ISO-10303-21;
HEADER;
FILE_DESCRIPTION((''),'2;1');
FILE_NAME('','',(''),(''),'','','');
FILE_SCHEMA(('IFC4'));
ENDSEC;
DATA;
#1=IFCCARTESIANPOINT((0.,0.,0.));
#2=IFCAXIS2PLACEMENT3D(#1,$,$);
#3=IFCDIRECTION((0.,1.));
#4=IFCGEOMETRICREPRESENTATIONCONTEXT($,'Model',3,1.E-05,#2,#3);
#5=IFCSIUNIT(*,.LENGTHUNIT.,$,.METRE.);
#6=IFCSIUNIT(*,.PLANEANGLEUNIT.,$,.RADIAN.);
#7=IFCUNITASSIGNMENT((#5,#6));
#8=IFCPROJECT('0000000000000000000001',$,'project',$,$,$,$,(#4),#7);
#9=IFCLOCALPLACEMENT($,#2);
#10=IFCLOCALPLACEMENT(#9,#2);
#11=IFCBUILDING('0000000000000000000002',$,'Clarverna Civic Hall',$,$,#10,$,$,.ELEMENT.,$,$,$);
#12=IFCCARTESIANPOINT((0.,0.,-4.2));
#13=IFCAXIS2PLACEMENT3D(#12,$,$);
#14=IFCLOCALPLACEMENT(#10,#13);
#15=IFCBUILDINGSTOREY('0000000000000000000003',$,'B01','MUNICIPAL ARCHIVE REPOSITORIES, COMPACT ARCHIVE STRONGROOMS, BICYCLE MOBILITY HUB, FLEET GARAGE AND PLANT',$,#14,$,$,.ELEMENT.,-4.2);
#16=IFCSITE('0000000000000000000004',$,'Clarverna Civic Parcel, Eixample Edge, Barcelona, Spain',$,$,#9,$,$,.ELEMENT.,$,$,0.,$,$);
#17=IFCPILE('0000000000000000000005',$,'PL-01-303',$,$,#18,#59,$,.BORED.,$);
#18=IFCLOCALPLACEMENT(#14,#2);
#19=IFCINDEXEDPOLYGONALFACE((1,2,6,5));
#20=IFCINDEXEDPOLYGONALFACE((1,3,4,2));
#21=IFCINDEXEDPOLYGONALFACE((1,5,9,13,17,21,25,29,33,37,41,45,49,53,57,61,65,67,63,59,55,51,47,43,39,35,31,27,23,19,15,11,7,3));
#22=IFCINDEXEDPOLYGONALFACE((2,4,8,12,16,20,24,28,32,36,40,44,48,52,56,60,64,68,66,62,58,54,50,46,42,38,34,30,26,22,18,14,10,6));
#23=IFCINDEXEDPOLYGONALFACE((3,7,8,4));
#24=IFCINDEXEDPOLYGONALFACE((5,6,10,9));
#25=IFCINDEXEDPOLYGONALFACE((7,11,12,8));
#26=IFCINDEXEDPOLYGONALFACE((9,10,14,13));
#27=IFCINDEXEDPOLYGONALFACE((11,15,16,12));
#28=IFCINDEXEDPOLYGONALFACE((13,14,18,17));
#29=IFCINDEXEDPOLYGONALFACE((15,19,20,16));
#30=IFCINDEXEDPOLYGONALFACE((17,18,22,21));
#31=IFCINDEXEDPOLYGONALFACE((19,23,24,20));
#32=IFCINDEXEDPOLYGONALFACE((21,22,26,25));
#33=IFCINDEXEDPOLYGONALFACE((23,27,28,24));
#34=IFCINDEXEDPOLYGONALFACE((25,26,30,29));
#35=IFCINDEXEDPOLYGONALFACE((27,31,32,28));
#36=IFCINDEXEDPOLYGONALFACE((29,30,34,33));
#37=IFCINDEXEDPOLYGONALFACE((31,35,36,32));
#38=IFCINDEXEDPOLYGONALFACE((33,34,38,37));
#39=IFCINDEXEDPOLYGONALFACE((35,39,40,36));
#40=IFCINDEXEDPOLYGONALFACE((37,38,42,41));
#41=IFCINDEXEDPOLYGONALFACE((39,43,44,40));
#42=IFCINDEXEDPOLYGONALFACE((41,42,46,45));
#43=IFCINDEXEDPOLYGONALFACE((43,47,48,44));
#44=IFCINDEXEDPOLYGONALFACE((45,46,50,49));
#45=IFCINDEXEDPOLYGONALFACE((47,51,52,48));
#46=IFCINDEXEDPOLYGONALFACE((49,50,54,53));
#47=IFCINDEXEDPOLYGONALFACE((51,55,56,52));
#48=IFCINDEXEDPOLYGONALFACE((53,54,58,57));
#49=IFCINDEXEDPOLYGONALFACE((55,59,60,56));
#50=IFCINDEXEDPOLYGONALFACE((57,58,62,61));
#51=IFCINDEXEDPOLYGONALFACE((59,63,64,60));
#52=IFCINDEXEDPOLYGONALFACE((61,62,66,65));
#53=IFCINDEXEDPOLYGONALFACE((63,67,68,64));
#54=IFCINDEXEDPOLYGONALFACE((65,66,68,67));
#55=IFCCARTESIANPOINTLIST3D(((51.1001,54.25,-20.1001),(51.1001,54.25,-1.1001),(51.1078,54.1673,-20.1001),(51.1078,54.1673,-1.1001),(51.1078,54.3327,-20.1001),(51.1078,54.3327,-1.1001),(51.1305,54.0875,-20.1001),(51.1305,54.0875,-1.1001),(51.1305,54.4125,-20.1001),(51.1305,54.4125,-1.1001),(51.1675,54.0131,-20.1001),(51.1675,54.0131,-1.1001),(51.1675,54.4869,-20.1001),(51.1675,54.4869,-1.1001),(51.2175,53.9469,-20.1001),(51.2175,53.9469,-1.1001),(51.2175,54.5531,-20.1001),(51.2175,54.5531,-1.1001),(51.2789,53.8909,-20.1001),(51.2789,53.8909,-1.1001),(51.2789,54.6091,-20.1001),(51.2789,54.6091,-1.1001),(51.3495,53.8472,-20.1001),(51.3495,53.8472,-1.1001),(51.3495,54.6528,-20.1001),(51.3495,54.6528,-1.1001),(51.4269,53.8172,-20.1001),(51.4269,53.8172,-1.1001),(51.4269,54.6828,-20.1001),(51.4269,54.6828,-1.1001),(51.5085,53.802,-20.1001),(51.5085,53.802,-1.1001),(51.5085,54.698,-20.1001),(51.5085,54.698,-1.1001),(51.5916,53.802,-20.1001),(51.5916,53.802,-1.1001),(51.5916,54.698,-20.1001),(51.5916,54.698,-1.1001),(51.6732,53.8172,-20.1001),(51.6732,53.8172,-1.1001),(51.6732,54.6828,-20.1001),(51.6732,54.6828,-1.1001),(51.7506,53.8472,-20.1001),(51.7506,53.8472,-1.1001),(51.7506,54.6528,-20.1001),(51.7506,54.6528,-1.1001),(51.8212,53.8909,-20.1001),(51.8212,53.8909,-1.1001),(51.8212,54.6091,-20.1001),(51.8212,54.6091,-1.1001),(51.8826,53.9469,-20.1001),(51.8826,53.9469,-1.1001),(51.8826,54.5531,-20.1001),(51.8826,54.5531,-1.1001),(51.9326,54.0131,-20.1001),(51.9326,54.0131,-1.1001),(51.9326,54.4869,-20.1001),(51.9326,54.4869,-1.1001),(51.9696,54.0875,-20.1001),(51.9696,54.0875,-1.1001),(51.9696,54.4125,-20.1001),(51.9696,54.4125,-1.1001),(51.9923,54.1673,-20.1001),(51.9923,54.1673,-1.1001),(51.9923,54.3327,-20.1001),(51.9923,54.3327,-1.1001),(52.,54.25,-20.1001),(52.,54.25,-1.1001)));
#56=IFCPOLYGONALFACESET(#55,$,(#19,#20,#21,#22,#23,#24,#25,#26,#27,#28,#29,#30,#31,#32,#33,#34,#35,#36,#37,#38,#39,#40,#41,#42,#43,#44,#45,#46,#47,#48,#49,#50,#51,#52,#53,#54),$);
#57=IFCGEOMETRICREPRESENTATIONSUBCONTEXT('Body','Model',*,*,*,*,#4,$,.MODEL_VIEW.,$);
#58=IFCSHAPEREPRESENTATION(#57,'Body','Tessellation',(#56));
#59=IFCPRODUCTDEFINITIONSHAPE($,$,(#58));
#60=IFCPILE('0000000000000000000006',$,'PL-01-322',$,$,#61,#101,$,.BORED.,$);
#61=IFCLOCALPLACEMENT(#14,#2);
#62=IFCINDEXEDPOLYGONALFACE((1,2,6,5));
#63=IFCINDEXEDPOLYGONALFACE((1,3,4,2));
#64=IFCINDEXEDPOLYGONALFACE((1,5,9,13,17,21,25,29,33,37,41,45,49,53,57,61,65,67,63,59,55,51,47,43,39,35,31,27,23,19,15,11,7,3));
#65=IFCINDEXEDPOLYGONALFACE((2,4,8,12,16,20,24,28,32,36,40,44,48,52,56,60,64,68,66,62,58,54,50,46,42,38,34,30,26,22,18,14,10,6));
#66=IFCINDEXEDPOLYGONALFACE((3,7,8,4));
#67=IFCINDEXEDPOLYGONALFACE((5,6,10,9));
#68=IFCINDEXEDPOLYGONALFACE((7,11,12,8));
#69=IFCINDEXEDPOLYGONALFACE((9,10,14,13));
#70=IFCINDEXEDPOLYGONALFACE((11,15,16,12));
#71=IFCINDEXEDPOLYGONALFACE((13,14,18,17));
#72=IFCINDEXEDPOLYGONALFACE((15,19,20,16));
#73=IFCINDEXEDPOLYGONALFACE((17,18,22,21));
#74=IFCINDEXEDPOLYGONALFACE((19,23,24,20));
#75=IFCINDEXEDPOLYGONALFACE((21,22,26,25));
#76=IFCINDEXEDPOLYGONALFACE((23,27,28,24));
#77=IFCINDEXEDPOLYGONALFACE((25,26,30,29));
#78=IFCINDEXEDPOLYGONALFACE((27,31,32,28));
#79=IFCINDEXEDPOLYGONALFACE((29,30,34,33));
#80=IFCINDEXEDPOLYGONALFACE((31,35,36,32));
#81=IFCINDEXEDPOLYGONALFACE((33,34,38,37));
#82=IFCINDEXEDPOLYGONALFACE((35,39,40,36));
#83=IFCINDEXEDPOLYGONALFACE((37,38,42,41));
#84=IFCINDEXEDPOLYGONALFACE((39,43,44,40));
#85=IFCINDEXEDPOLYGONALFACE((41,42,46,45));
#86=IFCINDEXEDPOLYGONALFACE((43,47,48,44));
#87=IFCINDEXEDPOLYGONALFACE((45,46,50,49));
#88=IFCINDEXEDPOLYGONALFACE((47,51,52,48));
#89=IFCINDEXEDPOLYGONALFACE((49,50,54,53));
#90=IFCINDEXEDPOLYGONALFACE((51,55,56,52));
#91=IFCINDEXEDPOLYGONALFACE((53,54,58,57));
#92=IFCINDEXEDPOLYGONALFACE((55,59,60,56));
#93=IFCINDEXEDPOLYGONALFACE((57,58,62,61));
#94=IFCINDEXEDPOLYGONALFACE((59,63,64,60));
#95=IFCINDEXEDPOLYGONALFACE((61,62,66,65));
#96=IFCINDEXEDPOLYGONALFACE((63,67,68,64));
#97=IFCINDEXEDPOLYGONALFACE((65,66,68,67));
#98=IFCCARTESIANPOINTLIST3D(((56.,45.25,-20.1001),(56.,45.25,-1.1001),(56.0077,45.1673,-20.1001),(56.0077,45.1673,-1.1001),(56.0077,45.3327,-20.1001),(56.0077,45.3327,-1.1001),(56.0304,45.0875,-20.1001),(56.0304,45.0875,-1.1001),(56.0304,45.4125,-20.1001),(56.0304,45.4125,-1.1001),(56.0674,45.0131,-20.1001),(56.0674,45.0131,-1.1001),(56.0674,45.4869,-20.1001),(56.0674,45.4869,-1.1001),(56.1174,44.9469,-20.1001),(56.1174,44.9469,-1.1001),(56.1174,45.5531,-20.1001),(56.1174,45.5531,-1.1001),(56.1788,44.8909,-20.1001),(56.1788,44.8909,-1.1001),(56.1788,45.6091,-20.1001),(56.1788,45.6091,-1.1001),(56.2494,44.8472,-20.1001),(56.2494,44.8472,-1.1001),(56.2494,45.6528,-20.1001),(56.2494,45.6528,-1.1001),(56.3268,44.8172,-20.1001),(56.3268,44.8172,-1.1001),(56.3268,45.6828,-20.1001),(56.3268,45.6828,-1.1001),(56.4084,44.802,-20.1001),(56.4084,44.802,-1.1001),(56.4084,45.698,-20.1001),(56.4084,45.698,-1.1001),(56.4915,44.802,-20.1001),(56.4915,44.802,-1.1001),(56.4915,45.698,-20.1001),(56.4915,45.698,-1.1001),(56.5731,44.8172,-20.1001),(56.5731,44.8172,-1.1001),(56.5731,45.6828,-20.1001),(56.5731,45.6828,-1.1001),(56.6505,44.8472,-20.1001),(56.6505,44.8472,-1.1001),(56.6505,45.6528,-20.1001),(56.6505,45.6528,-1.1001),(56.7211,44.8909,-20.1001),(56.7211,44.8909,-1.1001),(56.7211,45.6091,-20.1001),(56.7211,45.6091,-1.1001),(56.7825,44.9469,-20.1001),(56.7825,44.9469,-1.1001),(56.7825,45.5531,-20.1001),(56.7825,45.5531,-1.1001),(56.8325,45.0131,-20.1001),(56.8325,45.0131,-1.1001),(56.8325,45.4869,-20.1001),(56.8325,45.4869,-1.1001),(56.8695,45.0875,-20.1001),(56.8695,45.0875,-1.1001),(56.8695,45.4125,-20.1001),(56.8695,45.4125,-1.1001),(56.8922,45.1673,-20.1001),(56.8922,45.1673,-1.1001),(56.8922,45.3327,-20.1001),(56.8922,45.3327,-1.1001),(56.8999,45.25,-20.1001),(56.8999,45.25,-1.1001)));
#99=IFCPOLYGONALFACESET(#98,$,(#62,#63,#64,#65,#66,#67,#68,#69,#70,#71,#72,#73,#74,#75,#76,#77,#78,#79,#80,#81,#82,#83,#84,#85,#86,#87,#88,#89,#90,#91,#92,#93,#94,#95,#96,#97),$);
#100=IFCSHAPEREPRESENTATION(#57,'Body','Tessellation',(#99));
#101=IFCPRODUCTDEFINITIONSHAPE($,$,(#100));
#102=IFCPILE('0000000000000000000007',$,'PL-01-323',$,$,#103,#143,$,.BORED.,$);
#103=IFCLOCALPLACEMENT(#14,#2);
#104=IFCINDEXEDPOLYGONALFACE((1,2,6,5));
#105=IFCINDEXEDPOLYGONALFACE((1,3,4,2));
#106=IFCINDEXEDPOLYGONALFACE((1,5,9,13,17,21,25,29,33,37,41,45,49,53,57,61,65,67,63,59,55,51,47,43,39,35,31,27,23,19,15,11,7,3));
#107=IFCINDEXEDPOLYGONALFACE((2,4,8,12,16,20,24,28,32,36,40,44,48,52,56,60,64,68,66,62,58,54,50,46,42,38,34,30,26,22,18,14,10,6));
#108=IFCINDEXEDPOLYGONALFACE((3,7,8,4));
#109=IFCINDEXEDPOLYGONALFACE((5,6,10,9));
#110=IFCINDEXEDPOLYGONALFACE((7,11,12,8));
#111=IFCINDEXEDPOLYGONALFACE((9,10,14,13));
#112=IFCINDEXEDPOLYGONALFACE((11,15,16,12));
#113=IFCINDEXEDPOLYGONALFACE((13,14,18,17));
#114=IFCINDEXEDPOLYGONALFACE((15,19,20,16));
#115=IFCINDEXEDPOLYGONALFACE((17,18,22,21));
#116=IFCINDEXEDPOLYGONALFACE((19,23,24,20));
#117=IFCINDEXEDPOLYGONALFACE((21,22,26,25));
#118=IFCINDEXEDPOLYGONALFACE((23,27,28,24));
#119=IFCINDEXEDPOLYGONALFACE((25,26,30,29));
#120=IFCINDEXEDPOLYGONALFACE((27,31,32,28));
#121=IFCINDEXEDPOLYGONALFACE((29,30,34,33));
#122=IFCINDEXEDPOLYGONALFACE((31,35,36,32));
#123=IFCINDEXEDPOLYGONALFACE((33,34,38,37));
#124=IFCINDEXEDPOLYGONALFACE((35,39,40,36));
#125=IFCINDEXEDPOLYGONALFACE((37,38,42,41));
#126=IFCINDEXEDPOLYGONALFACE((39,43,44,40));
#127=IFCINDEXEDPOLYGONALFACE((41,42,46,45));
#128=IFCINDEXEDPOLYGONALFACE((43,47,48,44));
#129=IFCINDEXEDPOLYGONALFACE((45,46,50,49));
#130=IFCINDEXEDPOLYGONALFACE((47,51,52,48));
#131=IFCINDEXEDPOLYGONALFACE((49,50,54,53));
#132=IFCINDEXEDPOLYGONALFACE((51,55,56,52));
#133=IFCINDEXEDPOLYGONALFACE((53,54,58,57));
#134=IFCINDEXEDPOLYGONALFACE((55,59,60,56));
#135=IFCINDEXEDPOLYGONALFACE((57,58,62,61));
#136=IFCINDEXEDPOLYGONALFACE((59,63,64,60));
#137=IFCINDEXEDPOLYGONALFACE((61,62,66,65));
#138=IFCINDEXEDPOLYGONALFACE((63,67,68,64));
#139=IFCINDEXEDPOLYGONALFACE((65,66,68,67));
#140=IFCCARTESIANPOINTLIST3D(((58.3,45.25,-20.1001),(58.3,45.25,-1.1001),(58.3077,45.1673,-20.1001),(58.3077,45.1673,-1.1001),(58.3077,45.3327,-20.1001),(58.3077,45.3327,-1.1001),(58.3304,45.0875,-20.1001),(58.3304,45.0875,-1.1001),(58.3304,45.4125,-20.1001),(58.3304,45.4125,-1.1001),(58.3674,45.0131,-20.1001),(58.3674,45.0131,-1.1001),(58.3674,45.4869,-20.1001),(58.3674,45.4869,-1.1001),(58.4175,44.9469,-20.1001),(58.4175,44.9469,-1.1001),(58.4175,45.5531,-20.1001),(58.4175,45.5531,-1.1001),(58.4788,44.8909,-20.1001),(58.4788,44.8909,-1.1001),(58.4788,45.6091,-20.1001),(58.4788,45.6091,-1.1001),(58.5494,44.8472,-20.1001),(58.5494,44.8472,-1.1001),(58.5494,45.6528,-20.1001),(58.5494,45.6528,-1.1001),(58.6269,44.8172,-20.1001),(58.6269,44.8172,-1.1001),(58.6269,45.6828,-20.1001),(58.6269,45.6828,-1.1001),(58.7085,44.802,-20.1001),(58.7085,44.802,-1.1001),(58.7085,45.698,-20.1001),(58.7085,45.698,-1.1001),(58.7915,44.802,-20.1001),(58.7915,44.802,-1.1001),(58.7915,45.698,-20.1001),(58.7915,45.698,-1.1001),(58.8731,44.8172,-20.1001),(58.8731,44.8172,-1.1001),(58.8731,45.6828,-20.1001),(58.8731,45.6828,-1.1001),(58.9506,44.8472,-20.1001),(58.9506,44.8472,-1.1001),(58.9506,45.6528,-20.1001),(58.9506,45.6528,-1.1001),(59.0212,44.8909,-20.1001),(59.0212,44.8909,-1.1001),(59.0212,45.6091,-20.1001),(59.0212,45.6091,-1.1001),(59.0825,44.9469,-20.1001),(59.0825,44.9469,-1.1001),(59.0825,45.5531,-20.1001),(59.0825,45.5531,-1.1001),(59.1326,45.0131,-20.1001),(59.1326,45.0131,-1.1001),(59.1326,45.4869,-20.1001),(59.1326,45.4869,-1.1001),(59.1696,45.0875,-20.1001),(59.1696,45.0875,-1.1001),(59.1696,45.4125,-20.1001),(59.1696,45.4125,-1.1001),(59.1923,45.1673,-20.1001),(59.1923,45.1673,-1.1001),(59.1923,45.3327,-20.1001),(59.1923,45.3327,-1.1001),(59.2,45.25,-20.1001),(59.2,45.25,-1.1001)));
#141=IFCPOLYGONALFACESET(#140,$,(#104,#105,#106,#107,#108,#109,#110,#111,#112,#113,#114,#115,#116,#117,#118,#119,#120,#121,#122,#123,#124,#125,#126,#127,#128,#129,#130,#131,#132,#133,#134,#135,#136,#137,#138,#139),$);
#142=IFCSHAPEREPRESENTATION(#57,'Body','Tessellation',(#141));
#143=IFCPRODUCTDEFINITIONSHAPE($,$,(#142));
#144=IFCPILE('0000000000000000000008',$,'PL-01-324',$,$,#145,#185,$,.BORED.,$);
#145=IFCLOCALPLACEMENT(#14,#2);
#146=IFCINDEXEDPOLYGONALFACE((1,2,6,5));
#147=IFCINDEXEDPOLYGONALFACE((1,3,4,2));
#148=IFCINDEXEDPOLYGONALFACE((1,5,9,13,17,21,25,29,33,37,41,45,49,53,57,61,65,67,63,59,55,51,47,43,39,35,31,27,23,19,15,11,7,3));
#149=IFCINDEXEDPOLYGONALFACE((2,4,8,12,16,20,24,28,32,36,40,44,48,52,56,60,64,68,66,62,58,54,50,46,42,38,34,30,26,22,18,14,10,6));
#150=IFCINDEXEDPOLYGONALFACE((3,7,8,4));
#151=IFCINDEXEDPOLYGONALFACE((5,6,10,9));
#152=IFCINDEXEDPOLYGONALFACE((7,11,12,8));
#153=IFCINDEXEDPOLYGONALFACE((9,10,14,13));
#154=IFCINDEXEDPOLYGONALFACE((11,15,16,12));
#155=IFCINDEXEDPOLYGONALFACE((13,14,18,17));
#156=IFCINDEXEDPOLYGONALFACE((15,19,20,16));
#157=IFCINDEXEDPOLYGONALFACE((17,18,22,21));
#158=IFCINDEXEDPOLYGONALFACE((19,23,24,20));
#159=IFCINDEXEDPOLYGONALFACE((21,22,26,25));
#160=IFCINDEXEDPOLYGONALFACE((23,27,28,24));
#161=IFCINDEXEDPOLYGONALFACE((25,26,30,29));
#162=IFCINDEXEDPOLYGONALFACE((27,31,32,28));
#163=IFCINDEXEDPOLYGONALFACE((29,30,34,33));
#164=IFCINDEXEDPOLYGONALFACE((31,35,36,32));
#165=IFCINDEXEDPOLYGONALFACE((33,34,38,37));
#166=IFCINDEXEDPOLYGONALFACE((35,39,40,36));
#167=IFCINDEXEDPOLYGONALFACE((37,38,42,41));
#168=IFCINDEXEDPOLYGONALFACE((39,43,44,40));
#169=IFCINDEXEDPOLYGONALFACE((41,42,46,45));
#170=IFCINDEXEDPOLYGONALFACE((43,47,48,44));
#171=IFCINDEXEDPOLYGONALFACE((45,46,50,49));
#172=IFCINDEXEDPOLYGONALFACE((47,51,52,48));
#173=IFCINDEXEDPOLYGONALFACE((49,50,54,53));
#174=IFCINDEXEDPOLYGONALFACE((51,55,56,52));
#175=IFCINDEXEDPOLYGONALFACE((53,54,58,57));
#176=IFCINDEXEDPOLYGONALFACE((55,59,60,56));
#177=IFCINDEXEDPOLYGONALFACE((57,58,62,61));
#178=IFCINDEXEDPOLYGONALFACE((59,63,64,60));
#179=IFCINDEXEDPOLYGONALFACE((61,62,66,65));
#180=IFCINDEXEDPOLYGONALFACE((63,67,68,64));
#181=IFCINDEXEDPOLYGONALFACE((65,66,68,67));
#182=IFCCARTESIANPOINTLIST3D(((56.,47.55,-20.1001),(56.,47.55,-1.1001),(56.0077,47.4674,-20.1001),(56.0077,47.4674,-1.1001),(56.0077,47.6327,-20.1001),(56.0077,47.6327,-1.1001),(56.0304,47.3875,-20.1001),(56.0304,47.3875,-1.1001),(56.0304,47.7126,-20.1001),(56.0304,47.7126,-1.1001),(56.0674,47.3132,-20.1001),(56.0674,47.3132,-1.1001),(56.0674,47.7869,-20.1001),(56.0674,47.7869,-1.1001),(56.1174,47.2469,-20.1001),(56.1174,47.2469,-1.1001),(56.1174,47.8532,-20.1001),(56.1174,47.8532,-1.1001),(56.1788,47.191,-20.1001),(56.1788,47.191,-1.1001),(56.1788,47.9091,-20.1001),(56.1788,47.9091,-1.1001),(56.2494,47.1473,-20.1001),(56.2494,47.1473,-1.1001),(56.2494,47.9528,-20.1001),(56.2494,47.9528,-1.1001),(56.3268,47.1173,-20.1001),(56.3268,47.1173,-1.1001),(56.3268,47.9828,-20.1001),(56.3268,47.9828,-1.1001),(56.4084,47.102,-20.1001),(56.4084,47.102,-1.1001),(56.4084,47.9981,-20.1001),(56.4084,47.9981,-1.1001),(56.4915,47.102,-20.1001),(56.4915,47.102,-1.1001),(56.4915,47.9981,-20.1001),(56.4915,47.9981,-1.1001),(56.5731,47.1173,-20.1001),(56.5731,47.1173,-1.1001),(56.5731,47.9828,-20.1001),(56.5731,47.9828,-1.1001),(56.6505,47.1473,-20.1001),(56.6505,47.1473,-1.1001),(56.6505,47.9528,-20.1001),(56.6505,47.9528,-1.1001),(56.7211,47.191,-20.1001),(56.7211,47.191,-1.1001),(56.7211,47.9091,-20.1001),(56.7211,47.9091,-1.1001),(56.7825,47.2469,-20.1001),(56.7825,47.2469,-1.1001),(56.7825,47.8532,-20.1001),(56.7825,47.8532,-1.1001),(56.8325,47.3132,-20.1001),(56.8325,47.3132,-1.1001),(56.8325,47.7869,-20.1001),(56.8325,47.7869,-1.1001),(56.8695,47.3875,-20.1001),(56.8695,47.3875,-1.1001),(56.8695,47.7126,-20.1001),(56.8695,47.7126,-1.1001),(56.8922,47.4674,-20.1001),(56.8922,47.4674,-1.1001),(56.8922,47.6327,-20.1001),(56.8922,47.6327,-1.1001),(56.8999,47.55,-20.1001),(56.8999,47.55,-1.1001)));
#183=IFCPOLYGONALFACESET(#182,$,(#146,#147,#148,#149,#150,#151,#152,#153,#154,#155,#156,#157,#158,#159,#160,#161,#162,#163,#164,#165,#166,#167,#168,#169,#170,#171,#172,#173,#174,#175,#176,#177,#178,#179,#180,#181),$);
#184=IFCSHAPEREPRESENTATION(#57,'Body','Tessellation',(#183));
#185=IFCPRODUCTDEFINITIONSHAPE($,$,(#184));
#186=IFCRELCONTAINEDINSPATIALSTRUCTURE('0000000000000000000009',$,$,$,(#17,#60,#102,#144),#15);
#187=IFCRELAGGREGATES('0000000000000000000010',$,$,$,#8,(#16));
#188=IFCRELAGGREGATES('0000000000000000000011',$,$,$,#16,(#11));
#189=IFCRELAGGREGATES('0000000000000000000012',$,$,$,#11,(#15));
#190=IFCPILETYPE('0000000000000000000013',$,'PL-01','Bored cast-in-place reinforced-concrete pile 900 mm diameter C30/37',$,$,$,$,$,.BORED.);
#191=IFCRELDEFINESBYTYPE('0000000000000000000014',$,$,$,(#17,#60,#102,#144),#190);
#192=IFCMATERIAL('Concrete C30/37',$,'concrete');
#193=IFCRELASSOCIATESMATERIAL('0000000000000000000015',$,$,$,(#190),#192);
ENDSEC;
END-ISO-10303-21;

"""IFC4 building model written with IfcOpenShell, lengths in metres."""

from ifc_helpers import new_model, si_unit, direction, frame, origin, origin_2d, place, context, subcontext, project, spatial, circle, extrude, material, material_profile, profile_set, type_object, element, save


model = new_model("IFC4")

# Units and contexts
model_context = context("Model", 3, precision=1e-05, world=origin(), true_north=direction((0.0, 1.0)))
body_context = subcontext(model_context, "Body", "Model", "MODEL_VIEW")
ifc_project = project(units=[si_unit("LENGTHUNIT", "METRE"), si_unit("PLANEANGLEUNIT", "RADIAN")], contexts=[model_context])

# Site, building, storey
site_placement = place(None, origin())
site = spatial("IfcSite", under=ifc_project, at=site_placement, Name="Clarverna Civic Parcel, Eixample Edge, Barcelona, Spain", CompositionType="ELEMENT", RefElevation=0.0)
building_placement = place(site_placement, origin())
building = spatial("IfcBuilding", under=site, at=building_placement, Name="Clarverna Civic Hall", CompositionType="ELEMENT")
storey_placement = place(building_placement, frame((0.0, 0.0, -4.2)))
storey = spatial("IfcBuildingStorey", under=building, at=storey_placement, Name="B01", Description="MUNICIPAL ARCHIVE REPOSITORIES, COMPACT ARCHIVE STRONGROOMS, BICYCLE MOBILITY HUB, FLEET GARAGE AND PLANT", CompositionType="ELEMENT", Elevation=-4.2)

# Shared definitions
ifc_material_1 = material(Name="Concrete C30/37", Category="concrete")

# Piles
ifc_material_profile_1 = material_profile(ifc_material_1, circle(Radius=0.45, at=origin_2d()), Name="BORED PILE D900")
ifc_profile_set_1 = profile_set([ifc_material_profile_1], Name="Concrete C30/37")
pile_type_1 = type_object("IfcPileType", Name="PL-01", Description="Bored cast-in-place reinforced-concrete pile 900 mm diameter C30/37", PredefinedType="BORED", material=ifc_profile_set_1)
for number, where, z_axis, x_axis, name in (
    (1, (51.55, 54.25, -1.1001), (0.0, 0.0, -1.0), (1.0, 0.0, 0.0), "PL-01-303"),
    (2, (56.45, 45.25, -1.1001), (0.0, 0.0, -1.0), (1.0, 0.0, 0.0), "PL-01-322"),
    (3, (58.75, 45.25, -1.1001), (0.0, 0.0, -1.0), (1.0, 0.0, 0.0), "PL-01-323"),
    (4, (56.45, 47.55, -1.1001), (0.0, 0.0, -1.0), (1.0, 0.0, 0.0), "PL-01-324"),
):
    element("IfcPile", number, at=place(storey_placement, frame(where, z_axis=z_axis, x_axis=x_axis)), inside=storey, type_object=pile_type_1, Name=name, PredefinedType="BORED", context=body_context, shape_type="SweptSolid", body=[
        extrude(circle(Radius=0.45, at=origin_2d()), origin(), (0.0, 0.0, 1.0), 19.0),
    ])

save(model, "model.ifc")
